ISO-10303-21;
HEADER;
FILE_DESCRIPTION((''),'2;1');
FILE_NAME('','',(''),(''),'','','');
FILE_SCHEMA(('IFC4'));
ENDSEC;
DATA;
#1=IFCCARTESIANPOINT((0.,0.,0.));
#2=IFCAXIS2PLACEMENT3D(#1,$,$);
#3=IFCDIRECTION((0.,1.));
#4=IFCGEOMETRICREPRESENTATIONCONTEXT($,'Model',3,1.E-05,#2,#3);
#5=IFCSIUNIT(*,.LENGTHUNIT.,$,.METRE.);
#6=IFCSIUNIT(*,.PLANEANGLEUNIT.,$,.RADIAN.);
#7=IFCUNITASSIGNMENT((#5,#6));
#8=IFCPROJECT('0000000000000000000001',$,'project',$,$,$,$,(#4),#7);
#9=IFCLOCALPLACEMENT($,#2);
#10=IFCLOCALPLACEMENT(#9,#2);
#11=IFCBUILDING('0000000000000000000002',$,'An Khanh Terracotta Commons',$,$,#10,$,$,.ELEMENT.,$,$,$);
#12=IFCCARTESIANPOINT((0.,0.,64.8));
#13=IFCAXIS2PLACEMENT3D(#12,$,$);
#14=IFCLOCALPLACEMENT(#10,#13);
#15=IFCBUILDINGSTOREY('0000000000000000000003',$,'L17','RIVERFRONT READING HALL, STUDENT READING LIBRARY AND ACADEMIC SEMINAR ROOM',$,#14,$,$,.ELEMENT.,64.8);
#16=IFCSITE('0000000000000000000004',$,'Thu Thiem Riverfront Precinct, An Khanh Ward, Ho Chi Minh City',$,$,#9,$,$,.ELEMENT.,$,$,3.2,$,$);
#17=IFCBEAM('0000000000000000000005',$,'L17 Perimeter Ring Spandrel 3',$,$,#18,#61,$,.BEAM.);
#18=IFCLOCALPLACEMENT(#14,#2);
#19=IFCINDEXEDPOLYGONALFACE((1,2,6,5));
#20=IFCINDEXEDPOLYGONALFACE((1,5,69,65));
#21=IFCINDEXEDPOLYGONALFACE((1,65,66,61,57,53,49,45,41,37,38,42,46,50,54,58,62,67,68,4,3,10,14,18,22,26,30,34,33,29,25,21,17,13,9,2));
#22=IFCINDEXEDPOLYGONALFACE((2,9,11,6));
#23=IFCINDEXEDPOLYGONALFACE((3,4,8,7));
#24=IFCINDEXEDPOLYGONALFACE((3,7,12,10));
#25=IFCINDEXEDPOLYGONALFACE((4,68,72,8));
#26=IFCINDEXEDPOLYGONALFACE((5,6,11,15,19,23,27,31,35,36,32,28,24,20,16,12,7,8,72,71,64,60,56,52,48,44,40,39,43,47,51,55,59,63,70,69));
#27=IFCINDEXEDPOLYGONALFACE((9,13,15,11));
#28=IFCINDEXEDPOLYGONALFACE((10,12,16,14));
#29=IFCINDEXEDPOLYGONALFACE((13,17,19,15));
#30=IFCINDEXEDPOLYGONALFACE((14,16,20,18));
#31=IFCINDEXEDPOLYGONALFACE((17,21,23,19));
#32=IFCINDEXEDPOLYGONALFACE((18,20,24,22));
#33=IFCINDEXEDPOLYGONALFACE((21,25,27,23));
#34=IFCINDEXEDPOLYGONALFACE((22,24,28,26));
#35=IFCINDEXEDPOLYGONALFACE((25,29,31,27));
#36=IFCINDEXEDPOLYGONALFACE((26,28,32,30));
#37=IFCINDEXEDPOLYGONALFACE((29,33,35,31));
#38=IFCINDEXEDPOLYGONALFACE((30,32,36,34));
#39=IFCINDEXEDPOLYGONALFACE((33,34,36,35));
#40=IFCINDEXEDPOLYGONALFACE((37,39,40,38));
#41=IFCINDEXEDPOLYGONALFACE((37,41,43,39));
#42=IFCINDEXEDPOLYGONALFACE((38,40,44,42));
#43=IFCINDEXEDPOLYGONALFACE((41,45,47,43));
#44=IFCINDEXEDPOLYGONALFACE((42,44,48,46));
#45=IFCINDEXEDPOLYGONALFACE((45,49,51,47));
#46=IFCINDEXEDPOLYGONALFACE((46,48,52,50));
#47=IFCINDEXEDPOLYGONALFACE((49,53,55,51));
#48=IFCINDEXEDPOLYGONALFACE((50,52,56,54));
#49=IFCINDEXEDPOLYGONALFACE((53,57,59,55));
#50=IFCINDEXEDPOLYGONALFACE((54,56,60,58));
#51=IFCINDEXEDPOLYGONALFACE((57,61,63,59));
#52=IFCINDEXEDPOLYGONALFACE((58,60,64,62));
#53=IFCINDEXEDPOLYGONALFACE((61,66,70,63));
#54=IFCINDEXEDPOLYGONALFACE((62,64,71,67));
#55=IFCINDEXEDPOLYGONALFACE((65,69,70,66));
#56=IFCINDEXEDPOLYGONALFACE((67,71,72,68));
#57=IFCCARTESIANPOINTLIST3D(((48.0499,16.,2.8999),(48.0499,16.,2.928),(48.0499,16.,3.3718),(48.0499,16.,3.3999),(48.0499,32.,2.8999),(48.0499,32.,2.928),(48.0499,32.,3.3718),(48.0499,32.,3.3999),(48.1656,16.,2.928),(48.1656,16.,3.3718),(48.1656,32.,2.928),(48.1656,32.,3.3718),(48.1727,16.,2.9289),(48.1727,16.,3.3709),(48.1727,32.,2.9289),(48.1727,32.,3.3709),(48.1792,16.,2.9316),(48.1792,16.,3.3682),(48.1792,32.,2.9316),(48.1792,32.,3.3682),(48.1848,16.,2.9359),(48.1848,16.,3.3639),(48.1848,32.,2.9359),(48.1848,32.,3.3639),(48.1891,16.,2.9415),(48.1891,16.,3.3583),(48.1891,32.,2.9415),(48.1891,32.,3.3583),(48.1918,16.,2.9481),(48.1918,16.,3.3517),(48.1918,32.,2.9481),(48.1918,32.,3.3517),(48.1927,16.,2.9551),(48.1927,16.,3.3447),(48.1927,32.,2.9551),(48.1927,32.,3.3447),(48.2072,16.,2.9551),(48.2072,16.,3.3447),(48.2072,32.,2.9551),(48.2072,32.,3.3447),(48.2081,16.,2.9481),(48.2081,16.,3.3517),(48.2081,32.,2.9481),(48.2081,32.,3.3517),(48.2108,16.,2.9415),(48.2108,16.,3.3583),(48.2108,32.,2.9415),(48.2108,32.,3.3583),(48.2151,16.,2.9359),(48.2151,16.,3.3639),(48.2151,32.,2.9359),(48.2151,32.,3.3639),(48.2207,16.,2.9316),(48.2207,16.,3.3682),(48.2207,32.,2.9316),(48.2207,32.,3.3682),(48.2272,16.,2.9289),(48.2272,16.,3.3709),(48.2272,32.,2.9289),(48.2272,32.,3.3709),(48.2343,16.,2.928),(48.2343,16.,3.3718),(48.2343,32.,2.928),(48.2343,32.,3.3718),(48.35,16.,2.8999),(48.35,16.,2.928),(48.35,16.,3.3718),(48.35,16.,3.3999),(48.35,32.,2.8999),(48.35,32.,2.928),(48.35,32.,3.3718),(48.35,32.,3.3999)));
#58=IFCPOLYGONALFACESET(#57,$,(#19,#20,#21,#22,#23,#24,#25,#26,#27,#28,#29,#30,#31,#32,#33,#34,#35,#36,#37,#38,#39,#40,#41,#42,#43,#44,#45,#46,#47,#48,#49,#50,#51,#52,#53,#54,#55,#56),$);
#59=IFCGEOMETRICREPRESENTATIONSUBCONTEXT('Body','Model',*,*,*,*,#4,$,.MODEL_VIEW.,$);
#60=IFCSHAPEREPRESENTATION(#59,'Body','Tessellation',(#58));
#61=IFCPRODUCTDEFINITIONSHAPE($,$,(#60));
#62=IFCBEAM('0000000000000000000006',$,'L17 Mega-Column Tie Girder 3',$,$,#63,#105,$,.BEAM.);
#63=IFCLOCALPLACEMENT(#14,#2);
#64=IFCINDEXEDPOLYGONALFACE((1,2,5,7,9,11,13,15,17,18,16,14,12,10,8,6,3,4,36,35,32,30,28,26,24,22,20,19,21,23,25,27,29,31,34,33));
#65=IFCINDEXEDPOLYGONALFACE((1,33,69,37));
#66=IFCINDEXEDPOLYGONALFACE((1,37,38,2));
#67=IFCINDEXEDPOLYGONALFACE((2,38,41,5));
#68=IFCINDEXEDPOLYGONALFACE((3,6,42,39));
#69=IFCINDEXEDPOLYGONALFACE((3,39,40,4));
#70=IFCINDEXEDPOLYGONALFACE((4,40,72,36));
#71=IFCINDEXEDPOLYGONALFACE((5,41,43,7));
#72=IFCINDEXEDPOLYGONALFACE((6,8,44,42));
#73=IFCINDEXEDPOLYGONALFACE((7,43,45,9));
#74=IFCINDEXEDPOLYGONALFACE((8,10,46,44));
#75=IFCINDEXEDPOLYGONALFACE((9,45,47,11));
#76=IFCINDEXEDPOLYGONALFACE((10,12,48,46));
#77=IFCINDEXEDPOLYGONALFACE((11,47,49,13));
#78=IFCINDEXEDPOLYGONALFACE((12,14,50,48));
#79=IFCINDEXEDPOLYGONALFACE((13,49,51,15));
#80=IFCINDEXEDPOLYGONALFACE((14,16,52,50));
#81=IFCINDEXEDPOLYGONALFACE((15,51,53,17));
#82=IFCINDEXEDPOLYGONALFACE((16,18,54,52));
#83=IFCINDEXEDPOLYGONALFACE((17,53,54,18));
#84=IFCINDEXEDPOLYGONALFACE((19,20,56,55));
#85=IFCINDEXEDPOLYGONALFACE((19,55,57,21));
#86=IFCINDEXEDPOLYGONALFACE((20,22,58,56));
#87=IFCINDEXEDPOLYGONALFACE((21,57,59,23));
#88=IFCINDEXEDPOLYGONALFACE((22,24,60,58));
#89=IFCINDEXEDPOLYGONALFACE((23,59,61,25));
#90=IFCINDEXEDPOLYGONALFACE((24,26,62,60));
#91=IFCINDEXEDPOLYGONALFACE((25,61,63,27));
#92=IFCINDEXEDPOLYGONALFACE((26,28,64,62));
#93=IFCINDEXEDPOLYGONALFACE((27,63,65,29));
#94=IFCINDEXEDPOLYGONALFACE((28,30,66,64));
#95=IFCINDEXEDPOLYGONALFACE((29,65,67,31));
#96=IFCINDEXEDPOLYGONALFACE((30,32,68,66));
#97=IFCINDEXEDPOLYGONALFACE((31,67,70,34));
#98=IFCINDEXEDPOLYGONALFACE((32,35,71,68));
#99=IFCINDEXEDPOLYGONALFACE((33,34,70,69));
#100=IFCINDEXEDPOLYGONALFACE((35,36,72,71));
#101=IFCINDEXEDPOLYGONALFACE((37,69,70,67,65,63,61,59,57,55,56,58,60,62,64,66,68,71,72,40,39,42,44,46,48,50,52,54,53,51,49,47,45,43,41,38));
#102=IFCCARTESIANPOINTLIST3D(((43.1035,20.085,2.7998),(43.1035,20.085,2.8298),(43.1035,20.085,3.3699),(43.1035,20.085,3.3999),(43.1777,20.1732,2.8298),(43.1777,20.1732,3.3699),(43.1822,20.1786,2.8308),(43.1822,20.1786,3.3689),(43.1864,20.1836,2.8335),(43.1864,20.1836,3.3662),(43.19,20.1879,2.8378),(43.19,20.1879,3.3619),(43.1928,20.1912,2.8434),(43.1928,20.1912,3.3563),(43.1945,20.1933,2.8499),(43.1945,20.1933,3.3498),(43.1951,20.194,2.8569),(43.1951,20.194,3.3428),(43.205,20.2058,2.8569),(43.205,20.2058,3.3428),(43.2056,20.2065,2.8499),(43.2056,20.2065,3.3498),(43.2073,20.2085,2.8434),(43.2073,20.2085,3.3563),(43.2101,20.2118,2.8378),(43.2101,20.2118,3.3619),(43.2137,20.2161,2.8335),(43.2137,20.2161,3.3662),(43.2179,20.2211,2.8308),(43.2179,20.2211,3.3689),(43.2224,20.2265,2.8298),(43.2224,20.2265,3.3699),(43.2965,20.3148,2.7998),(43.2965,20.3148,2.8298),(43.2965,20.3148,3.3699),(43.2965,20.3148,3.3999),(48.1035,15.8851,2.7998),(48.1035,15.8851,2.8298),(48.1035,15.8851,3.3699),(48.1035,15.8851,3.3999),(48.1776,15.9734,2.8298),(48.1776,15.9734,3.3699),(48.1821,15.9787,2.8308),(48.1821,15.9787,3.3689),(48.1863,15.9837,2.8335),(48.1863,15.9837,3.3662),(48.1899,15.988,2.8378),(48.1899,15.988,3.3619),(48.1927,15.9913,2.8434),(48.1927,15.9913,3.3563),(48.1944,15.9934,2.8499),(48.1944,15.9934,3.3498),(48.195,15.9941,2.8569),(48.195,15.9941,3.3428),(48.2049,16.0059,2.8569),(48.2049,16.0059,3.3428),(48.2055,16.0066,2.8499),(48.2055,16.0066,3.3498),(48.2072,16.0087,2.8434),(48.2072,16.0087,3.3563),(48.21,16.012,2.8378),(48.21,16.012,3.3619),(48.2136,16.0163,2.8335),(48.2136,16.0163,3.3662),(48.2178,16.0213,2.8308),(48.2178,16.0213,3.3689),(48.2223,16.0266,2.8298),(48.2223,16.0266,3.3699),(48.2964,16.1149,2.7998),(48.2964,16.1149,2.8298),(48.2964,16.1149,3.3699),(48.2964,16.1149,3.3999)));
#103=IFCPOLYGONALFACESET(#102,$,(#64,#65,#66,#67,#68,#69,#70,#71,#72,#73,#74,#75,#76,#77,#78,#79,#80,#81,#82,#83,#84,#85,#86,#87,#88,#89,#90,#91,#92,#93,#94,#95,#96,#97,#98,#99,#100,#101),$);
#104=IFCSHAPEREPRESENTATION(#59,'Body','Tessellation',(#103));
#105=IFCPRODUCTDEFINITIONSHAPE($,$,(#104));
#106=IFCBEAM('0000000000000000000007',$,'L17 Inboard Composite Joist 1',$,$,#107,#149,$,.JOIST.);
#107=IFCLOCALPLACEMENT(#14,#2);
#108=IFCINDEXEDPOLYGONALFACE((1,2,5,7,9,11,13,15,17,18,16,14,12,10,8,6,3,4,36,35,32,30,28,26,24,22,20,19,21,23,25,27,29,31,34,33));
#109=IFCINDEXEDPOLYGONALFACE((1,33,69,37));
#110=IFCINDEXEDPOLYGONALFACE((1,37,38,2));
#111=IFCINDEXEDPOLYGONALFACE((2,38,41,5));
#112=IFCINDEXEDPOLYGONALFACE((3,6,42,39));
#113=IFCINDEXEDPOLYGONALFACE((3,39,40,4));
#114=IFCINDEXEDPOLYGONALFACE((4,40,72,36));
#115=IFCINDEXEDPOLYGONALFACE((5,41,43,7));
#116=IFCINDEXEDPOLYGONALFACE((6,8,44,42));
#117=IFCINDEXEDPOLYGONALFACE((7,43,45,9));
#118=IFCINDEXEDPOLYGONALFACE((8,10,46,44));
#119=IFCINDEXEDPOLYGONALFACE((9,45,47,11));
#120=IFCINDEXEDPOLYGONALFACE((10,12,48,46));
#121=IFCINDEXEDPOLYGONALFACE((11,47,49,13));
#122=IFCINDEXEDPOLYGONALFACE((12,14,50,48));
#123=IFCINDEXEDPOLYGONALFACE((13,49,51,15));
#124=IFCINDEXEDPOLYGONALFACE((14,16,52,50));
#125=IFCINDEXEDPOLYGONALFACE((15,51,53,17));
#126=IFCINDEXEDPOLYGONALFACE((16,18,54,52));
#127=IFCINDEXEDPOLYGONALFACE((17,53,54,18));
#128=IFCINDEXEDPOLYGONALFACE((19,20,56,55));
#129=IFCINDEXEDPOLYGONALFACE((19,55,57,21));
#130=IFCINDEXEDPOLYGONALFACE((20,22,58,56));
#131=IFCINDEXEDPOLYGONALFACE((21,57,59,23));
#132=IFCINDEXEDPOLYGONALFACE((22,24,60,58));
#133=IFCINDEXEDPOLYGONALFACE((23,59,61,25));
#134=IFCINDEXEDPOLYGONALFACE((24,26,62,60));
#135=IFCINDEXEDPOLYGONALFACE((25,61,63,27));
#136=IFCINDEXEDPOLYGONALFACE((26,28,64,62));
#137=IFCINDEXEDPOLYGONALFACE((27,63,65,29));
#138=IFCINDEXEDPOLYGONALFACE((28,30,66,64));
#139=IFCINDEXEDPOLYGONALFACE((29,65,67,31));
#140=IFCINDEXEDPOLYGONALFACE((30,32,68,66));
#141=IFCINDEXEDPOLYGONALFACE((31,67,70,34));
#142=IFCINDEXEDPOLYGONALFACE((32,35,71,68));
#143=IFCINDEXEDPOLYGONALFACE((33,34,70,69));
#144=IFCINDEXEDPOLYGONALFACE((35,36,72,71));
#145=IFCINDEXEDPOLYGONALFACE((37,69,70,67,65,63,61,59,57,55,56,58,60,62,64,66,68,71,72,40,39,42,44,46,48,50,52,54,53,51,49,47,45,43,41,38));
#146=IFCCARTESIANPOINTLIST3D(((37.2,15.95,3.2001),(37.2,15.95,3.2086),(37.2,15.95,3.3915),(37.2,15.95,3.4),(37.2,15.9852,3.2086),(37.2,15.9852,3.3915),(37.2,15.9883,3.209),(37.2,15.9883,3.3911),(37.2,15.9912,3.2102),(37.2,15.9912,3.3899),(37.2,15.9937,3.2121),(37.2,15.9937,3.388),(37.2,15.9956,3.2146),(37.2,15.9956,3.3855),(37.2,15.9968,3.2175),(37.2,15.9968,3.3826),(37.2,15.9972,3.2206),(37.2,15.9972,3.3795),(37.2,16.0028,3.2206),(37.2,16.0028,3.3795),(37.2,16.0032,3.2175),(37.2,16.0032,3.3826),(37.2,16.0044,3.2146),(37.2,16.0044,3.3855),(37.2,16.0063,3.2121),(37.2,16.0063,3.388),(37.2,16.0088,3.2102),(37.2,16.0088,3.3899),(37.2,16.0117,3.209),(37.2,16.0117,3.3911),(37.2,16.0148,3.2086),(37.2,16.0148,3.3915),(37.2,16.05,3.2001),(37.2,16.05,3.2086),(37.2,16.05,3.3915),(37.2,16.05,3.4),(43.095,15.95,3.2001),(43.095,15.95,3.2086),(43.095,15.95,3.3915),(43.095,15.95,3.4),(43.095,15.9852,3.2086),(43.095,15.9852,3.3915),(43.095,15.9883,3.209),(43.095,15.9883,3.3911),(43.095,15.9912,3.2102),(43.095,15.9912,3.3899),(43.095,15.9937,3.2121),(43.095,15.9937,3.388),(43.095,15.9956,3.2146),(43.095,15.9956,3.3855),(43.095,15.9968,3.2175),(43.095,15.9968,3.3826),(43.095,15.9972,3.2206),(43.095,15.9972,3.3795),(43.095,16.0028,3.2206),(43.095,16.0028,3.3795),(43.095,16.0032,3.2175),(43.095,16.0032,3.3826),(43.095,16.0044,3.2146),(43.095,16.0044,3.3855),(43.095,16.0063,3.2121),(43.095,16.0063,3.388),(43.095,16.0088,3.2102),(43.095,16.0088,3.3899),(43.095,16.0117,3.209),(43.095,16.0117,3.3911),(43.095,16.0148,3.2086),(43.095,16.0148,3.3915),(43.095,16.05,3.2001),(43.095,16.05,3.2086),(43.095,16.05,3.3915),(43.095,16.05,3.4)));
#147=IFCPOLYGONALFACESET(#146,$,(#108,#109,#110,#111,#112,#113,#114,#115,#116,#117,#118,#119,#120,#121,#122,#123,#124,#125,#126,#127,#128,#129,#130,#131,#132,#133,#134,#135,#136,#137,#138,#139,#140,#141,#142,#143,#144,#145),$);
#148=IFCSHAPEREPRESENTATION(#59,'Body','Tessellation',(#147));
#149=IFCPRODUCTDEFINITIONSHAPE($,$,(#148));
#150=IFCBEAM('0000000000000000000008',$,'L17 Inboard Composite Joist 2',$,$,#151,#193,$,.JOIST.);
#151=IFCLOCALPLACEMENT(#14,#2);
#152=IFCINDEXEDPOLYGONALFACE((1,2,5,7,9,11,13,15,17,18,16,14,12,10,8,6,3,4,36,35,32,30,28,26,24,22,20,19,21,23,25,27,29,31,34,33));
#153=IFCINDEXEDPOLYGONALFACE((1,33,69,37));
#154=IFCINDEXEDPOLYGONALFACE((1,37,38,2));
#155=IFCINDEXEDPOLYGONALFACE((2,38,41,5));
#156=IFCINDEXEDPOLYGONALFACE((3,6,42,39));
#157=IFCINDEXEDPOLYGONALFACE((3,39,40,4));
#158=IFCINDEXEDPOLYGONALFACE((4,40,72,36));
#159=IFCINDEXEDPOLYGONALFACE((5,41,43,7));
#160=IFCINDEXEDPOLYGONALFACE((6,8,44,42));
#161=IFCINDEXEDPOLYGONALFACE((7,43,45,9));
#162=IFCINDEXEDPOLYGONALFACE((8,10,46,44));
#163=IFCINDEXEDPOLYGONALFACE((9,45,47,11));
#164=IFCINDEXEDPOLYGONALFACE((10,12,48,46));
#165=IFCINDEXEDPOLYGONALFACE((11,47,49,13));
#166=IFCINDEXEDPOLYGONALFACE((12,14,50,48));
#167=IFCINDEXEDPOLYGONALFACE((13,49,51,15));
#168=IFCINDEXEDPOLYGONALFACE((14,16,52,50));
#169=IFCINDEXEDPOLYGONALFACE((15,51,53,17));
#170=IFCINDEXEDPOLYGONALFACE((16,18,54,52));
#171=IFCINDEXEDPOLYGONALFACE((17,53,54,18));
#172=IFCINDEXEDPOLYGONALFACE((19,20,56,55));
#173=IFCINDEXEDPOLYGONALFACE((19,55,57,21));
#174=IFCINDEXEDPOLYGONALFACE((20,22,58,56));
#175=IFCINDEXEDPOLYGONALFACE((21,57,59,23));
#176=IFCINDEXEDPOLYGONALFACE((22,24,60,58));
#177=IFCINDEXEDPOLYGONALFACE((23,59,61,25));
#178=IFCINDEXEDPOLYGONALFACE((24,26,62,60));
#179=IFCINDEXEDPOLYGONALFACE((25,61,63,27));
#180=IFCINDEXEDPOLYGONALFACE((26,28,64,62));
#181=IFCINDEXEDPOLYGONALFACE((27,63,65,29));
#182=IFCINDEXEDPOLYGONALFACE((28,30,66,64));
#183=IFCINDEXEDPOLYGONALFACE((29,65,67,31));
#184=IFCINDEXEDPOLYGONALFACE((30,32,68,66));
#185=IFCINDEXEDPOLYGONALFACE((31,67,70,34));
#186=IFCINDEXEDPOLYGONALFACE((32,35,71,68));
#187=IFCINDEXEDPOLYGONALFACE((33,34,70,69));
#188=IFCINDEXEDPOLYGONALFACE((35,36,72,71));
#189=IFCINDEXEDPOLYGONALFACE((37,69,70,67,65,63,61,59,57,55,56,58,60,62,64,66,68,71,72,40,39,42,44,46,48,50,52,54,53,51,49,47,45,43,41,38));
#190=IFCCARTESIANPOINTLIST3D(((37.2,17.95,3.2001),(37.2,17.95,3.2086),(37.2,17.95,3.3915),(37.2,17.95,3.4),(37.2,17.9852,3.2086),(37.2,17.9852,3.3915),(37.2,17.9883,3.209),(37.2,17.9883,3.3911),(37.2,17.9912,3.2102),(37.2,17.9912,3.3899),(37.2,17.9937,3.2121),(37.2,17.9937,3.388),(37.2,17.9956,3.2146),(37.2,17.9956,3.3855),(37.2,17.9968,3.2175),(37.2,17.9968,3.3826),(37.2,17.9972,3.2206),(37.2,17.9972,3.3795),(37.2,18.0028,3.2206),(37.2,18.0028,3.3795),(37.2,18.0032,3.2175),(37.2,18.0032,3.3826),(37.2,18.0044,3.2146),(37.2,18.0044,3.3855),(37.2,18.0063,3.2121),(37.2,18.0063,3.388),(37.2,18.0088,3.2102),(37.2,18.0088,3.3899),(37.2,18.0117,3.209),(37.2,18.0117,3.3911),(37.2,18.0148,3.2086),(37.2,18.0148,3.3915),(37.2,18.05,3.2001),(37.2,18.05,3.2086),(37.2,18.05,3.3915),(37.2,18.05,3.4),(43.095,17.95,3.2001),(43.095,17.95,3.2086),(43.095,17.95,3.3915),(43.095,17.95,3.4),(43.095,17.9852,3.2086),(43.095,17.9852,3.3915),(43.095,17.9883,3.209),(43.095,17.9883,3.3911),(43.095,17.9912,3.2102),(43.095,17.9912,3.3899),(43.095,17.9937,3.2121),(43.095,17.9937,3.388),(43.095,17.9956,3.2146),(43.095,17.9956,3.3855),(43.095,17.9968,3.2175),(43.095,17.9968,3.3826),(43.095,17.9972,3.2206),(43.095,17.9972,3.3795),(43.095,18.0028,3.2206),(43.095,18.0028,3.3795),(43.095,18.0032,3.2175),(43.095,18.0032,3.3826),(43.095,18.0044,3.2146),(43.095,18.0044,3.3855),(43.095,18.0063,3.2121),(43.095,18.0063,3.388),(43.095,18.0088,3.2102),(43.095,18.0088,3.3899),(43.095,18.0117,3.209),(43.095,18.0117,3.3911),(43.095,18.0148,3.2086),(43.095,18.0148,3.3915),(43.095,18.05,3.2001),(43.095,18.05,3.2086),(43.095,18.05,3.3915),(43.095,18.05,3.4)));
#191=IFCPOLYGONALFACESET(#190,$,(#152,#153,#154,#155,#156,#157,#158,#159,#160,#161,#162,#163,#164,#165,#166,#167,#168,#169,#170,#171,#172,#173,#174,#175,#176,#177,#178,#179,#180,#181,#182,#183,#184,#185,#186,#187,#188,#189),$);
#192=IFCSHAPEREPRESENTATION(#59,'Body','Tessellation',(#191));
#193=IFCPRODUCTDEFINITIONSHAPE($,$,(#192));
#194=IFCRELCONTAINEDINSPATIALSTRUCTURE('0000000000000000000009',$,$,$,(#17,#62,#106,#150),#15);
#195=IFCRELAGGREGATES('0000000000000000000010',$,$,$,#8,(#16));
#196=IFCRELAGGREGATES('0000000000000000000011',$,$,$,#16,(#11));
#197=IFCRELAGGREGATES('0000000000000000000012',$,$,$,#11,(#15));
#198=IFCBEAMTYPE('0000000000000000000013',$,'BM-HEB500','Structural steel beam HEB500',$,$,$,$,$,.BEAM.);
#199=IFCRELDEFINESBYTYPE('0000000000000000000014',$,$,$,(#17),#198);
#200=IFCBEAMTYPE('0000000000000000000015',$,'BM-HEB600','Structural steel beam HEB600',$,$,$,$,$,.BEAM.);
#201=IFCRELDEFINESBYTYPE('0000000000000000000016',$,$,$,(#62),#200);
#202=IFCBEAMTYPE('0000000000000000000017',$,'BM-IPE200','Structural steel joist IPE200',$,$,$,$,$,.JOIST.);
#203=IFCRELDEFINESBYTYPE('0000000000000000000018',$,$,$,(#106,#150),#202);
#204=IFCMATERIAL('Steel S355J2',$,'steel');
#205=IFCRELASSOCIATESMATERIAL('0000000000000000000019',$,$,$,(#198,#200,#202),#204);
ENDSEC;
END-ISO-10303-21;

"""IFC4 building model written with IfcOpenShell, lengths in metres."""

from ifc_helpers import new_model, si_unit, direction, frame, origin, origin_2d, place, context, subcontext, project, spatial, i_section, extrude, material, material_profile, profile_set, type_object, element, save


model = new_model("IFC4")

# Units and contexts
model_context = context("Model", 3, precision=1e-05, world=origin(), true_north=direction((0.0, 1.0)))
body_context = subcontext(model_context, "Body", "Model", "MODEL_VIEW")
ifc_project = project(units=[si_unit("LENGTHUNIT", "METRE"), si_unit("PLANEANGLEUNIT", "RADIAN")], contexts=[model_context])

# Site, building, storey
site_placement = place(None, origin())
site = spatial("IfcSite", under=ifc_project, at=site_placement, Name="Thu Thiem Riverfront Precinct, An Khanh Ward, Ho Chi Minh City", CompositionType="ELEMENT", RefElevation=3.2)
building_placement = place(site_placement, origin())
building = spatial("IfcBuilding", under=site, at=building_placement, Name="An Khanh Terracotta Commons", CompositionType="ELEMENT")
storey_placement = place(building_placement, frame((0.0, 0.0, 64.8)))
storey = spatial("IfcBuildingStorey", under=building, at=storey_placement, Name="L17", Description="RIVERFRONT READING HALL, STUDENT READING LIBRARY AND ACADEMIC SEMINAR ROOM", CompositionType="ELEMENT", Elevation=64.8)

# Beams
ifc_material_1 = material(Name="Steel S355J2", Category="steel")
ifc_material_profile_1 = material_profile(ifc_material_1, i_section(OverallWidth=0.3, OverallDepth=0.5, WebThickness=0.0144, FlangeThickness=0.0281, FilletRadius=0.0271, at=origin_2d()), Name="HEB500")
ifc_profile_set_1 = profile_set([ifc_material_profile_1], Name="Steel S355J2")
beam_type_1 = type_object("IfcBeamType", Name="BM-HEB500", Description="Structural steel beam HEB500", PredefinedType="BEAM", material=ifc_profile_set_1)
beam_1_placement = place(storey_placement, frame((48.2, 16.0, 3.1499), z_axis=(0.0, 1.0, 0.0), x_axis=(-1.0, 0.0, 0.0)))
element("IfcBeam", 1, at=beam_1_placement, inside=storey, type_object=beam_type_1, Name="L17 Perimeter Ring Spandrel 3", PredefinedType="BEAM", context=body_context, shape_type="SweptSolid", body=[
    extrude(i_section(OverallWidth=0.3, OverallDepth=0.5, WebThickness=0.0144, FlangeThickness=0.0281, FilletRadius=0.0271, at=origin_2d()), origin(), (0.0, 0.0, 1.0), 16.0),
])
ifc_material_profile_2 = material_profile(ifc_material_1, i_section(OverallWidth=0.3, OverallDepth=0.6001, WebThickness=0.0154, FlangeThickness=0.03, FilletRadius=0.0271, at=origin_2d()), Name="HEB600")
ifc_profile_set_2 = profile_set([ifc_material_profile_2], Name="Steel S355J2")
beam_type_2 = type_object("IfcBeamType", Name="BM-HEB600", Description="Structural steel beam HEB600", PredefinedType="BEAM", material=ifc_profile_set_2)
beam_2_placement = place(storey_placement, frame((48.2, 16.0, 3.0999), z_axis=(-0.765709, 0.643188, 0.0), x_axis=(-0.643188, -0.765709, 0.0)))
element("IfcBeam", 2, at=beam_2_placement, inside=storey, type_object=beam_type_2, Name="L17 Mega-Column Tie Girder 3", PredefinedType="BEAM", context=body_context, shape_type="SweptSolid", body=[
    extrude(i_section(OverallWidth=0.3, OverallDepth=0.6001, WebThickness=0.0154, FlangeThickness=0.03, FilletRadius=0.0271, at=origin_2d()), origin(), (0.0, 0.0, 1.0), 6.5298),
])
ifc_material_profile_3 = material_profile(ifc_material_1, i_section(OverallWidth=0.1001, OverallDepth=0.2, WebThickness=0.0056, FlangeThickness=0.0085, FilletRadius=0.012, at=origin_2d()), Name="IPE200")
ifc_profile_set_3 = profile_set([ifc_material_profile_3], Name="Steel S355J2")
beam_type_3 = type_object("IfcBeamType", Name="BM-IPE200", Description="Structural steel joist IPE200", PredefinedType="JOIST", material=ifc_profile_set_3)
for number, where, z_axis, x_axis, name in (
    (3, (37.2, 16.0, 3.3), (1.0, 0.0, 0.0), (0.0, 1.0, 0.0), "L17 Inboard Composite Joist 1"),
    (4, (37.2, 18.0, 3.3), (1.0, 0.0, 0.0), (0.0, 1.0, 0.0), "L17 Inboard Composite Joist 2"),
):
    element("IfcBeam", number, at=place(storey_placement, frame(where, z_axis=z_axis, x_axis=x_axis)), inside=storey, type_object=beam_type_3, Name=name, PredefinedType="JOIST", context=body_context, shape_type="SweptSolid", body=[
        extrude(i_section(OverallWidth=0.1001, OverallDepth=0.2, WebThickness=0.0056, FlangeThickness=0.0085, FilletRadius=0.012, at=origin_2d()), origin(), (0.0, 0.0, 1.0), 5.895),
    ])

save(model, "model.ifc")
